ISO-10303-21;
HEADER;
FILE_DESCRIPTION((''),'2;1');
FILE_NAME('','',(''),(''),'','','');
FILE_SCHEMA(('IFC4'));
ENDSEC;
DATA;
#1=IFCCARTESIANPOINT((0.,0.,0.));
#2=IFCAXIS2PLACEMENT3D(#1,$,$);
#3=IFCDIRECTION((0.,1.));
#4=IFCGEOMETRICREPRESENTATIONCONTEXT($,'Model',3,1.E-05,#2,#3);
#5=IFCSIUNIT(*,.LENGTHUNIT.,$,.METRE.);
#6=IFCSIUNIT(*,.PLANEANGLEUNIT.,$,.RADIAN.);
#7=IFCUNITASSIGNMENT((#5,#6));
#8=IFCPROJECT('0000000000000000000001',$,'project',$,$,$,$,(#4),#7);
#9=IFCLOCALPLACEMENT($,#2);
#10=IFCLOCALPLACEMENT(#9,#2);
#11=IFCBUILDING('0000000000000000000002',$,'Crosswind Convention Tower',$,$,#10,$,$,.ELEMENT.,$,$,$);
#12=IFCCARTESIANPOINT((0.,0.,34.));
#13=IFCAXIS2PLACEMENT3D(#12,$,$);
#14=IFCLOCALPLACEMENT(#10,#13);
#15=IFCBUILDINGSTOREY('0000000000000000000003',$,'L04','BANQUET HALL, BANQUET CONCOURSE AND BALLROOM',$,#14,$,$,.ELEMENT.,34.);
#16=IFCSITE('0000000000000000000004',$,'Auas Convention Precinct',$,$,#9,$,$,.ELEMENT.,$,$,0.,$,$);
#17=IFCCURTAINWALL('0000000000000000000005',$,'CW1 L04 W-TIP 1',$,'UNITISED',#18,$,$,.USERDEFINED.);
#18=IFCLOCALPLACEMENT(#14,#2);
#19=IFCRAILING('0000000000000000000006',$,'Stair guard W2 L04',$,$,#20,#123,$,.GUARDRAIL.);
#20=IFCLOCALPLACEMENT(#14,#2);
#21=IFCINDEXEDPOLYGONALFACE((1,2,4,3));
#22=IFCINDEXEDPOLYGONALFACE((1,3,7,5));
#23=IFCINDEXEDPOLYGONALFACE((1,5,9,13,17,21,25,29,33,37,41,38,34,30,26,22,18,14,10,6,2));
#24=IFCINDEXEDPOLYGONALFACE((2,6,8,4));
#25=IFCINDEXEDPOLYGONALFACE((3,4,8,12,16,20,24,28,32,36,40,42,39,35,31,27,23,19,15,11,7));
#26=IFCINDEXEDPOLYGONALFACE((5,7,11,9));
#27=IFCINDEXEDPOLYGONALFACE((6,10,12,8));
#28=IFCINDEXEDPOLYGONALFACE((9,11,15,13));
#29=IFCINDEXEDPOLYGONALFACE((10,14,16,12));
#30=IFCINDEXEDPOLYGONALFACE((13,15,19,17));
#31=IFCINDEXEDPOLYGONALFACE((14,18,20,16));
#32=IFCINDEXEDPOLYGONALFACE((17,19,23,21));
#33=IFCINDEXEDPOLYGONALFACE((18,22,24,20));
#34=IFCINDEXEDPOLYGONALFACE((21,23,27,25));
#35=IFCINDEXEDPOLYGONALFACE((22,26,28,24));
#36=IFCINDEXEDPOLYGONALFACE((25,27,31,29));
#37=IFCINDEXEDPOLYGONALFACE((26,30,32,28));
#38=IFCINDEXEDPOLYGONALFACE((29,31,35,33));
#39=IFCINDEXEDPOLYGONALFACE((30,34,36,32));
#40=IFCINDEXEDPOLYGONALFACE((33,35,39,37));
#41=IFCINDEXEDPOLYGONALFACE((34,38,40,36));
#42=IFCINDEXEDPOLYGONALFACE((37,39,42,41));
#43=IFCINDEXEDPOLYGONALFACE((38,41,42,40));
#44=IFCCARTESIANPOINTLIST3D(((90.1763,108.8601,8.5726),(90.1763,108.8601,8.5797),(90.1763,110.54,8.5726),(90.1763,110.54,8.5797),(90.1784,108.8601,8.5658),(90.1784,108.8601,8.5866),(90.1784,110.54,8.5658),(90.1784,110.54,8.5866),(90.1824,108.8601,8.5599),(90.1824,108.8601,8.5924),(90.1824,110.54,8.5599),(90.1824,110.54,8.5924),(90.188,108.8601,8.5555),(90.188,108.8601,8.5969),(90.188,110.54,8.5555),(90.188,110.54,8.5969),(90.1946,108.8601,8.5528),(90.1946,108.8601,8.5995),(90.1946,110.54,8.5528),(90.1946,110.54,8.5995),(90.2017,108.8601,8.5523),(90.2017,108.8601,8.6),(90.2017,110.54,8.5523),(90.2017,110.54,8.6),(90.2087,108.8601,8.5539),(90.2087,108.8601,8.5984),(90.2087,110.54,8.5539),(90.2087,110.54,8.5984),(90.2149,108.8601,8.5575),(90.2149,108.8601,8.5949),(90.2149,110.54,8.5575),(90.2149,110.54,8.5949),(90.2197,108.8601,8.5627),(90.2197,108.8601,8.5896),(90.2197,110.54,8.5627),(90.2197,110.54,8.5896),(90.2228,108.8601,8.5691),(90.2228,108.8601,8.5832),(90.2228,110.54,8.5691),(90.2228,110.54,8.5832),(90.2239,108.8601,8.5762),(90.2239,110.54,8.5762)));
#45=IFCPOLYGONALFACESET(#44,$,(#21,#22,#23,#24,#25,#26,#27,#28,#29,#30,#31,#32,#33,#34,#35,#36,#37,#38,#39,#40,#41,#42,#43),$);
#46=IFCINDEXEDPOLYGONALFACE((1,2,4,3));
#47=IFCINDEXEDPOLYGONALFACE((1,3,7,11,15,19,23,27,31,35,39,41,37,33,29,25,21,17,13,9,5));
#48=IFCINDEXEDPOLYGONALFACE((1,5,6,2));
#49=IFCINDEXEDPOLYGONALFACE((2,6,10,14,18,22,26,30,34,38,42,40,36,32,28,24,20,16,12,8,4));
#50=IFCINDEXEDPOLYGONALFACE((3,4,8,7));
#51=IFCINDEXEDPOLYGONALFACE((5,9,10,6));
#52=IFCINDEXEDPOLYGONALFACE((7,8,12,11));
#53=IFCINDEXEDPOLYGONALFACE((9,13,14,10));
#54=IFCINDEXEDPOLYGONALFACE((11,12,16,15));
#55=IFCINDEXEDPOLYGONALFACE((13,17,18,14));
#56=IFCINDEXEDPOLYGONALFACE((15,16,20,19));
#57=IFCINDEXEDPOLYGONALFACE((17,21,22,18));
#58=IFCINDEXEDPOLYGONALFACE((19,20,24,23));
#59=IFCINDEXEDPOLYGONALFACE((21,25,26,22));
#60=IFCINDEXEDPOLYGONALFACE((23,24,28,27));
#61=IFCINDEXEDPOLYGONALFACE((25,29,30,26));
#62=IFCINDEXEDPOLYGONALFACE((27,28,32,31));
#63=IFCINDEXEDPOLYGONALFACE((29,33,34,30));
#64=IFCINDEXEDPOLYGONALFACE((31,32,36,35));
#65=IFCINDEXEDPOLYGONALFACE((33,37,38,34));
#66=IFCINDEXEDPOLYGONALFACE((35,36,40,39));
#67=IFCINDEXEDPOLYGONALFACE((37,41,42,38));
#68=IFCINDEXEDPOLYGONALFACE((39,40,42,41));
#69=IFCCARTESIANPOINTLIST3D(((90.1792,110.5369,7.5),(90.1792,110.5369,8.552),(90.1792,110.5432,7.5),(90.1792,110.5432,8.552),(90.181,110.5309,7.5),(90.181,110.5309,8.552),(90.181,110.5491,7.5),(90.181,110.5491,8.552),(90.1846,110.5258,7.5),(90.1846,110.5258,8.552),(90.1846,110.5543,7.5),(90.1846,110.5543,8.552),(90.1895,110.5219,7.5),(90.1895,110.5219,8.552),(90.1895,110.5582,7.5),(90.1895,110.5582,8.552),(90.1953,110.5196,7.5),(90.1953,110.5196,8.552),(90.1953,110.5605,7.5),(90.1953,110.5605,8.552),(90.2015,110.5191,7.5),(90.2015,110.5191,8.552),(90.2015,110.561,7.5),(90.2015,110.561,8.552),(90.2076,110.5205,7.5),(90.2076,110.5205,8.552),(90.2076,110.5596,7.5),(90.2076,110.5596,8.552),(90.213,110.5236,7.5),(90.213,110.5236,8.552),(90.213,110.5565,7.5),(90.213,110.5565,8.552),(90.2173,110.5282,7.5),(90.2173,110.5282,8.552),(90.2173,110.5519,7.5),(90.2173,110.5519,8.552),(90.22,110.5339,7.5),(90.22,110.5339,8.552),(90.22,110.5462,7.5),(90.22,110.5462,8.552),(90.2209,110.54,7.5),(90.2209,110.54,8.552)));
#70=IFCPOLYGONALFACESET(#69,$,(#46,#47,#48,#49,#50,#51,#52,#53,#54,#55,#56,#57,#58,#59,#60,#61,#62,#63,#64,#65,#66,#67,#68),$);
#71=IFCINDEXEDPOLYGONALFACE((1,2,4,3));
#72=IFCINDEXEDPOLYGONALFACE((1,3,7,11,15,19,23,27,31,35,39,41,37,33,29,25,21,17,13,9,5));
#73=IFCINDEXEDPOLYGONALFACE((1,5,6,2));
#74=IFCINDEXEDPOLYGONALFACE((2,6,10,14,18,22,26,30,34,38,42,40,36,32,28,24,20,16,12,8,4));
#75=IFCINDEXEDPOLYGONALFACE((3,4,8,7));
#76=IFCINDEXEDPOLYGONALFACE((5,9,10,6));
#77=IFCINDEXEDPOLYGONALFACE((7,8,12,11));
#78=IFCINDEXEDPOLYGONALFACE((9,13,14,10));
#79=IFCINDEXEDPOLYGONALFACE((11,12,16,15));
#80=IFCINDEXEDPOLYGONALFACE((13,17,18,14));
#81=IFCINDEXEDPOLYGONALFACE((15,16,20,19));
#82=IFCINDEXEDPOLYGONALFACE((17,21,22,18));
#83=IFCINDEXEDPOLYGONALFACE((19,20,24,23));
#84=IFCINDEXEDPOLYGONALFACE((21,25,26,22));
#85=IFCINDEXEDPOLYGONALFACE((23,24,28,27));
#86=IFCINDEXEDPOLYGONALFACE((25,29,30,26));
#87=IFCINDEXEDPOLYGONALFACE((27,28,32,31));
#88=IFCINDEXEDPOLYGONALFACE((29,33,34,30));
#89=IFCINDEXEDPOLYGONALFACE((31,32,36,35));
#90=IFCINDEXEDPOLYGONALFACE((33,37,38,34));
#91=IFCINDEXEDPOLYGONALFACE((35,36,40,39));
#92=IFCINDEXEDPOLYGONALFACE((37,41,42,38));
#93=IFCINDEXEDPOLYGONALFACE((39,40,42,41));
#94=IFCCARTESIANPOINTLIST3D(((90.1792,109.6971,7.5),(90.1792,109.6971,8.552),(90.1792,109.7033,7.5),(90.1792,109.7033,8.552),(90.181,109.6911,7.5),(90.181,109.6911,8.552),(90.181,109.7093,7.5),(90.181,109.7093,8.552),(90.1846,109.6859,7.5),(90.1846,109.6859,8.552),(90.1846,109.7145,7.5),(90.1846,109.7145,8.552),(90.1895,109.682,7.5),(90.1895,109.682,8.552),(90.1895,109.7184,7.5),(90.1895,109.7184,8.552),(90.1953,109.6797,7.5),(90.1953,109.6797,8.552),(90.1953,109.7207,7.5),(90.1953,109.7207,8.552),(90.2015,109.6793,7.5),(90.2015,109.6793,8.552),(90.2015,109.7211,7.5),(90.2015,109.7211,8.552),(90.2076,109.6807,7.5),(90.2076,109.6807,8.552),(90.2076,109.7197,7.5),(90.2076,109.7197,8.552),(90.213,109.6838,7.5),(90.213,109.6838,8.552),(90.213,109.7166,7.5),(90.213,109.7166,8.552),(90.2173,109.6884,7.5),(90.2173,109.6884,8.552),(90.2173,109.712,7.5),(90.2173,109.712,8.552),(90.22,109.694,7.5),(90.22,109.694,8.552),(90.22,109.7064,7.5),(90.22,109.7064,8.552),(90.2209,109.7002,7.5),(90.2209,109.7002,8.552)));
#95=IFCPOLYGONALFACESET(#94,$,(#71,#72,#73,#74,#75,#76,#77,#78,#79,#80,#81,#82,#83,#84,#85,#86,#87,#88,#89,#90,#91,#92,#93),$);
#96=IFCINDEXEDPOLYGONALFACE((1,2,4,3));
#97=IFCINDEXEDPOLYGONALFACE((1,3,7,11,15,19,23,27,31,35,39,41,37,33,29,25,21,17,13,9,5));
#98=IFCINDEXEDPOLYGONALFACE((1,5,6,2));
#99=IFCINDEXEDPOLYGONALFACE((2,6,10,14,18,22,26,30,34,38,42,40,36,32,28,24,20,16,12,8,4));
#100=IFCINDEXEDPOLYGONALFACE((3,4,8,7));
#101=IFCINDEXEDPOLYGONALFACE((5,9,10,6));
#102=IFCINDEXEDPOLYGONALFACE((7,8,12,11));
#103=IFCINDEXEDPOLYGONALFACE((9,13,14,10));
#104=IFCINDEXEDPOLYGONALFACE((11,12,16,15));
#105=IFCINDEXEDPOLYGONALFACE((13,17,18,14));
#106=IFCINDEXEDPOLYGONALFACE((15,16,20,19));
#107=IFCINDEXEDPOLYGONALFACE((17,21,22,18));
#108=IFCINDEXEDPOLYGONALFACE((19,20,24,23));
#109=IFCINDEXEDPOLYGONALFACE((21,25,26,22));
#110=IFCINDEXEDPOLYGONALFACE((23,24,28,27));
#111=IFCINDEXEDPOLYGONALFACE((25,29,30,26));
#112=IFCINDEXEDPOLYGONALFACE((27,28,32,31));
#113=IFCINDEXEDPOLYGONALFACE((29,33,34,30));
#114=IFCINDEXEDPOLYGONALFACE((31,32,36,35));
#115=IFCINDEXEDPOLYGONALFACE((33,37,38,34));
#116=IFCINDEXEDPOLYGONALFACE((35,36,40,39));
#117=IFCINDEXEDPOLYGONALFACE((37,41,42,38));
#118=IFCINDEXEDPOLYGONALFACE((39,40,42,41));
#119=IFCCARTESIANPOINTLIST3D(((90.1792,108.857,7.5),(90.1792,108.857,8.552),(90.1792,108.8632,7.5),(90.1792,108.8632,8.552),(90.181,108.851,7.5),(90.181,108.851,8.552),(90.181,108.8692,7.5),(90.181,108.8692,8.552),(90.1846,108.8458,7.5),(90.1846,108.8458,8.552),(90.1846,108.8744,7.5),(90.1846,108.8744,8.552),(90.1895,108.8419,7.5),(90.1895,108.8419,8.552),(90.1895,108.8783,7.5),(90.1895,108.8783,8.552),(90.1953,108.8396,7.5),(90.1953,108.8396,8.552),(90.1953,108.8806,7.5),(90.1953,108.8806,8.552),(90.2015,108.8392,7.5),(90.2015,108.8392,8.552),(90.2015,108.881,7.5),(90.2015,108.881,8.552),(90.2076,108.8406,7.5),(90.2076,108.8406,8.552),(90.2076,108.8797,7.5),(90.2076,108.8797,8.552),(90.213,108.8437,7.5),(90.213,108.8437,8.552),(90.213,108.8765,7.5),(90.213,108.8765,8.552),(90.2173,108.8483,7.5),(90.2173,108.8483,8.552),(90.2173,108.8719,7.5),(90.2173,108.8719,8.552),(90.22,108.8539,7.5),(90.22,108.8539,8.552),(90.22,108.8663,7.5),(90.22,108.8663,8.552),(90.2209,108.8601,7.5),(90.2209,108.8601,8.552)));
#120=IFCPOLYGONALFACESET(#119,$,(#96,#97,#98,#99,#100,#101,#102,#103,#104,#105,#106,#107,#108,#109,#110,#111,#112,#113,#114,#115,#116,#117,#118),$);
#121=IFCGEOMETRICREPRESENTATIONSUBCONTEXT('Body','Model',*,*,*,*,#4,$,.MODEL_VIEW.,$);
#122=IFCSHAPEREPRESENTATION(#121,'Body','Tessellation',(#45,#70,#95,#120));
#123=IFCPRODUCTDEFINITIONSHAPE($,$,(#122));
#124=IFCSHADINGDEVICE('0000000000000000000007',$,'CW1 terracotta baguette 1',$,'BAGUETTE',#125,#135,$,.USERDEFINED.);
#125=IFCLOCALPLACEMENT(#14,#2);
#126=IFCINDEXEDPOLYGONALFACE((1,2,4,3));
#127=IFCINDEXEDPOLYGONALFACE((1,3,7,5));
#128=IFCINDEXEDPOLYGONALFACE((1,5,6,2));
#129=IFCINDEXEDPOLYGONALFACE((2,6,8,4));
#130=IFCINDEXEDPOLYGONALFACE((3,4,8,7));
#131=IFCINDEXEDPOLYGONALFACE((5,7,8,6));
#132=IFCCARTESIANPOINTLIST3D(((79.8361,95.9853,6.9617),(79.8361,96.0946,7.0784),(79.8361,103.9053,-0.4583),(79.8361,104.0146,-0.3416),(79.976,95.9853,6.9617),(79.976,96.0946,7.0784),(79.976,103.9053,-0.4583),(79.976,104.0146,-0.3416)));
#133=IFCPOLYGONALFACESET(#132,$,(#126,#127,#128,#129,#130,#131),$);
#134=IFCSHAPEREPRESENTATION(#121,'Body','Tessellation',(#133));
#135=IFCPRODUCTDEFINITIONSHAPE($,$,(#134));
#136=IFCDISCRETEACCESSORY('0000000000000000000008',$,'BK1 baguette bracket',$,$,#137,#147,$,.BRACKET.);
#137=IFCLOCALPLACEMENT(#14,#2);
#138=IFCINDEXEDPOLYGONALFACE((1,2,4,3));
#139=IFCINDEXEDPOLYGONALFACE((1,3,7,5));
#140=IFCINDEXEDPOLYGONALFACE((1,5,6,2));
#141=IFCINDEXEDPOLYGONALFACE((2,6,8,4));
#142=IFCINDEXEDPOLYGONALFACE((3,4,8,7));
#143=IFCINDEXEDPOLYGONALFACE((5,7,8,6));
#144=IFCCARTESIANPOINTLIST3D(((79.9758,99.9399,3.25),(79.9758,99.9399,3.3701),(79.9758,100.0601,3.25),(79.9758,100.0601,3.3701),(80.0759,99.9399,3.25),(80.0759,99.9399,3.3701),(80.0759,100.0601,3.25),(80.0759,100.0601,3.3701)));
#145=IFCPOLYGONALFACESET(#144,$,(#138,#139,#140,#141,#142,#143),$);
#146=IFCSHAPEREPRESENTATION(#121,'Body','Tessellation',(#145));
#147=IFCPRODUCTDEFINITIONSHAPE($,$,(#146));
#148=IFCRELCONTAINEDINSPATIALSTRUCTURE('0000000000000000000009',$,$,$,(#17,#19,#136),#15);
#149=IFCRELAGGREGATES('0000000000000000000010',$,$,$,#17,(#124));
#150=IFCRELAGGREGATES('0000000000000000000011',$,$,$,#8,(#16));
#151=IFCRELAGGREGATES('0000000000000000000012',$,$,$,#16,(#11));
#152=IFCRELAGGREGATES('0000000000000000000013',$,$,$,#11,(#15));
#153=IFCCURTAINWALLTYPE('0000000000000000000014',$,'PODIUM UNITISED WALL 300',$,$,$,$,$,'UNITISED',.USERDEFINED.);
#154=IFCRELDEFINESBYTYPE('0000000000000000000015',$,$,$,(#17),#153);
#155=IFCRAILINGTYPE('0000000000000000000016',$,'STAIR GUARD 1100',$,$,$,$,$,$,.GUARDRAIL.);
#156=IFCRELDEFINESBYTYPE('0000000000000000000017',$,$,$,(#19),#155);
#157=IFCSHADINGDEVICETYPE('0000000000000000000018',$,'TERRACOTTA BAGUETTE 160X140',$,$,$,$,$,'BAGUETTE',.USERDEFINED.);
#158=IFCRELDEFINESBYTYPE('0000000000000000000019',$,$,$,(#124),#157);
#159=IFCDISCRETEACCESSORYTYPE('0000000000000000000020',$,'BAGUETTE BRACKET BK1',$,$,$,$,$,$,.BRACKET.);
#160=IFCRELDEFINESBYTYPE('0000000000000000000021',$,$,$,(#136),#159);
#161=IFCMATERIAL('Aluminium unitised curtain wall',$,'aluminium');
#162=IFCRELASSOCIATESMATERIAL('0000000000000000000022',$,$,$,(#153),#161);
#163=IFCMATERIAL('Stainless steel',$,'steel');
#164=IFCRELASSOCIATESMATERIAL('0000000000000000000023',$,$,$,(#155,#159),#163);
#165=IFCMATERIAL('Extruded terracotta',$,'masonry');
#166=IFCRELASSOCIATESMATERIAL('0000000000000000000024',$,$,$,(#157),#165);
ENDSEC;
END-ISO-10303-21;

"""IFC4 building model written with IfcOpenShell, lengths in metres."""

from ifc_helpers import new_model, si_unit, direction, frame, origin, origin_2d, place, context, subcontext, project, spatial, rectangle, circle, extrude, material, material_profile, profile_set, type_object, element, aggregate, save


model = new_model("IFC4")

# Units and contexts
model_context = context("Model", 3, precision=1e-05, world=origin(), true_north=direction((0.0, 1.0)))
body_context = subcontext(model_context, "Body", "Model", "MODEL_VIEW")
ifc_project = project(units=[si_unit("LENGTHUNIT", "METRE"), si_unit("PLANEANGLEUNIT", "RADIAN")], contexts=[model_context])

# Site, building, storey
site_placement = place(None, origin())
site = spatial("IfcSite", under=ifc_project, at=site_placement, Name="Auas Convention Precinct", CompositionType="ELEMENT", RefElevation=0.0)
building_placement = place(site_placement, origin())
building = spatial("IfcBuilding", under=site, at=building_placement, Name="Crosswind Convention Tower", CompositionType="ELEMENT")
storey_placement = place(building_placement, frame((0.0, 0.0, 34.0)))
storey = spatial("IfcBuildingStorey", under=building, at=storey_placement, Name="L04", Description="BANQUET HALL, BANQUET CONCOURSE AND BALLROOM", CompositionType="ELEMENT", Elevation=34.0)

# Curtain wall
ifc_material_1 = material(Name="Aluminium unitised curtain wall", Category="aluminium")
curtain_wall_type = type_object("IfcCurtainWallType", Name="PODIUM UNITISED WALL 300", ElementType="UNITISED", PredefinedType="USERDEFINED", material=ifc_material_1)
curtain_wall_placement = place(storey_placement, origin())
curtain_wall = element("IfcCurtainWall", 1, at=curtain_wall_placement, inside=storey, type_object=curtain_wall_type, Name="CW1 L04 W-TIP 1", ObjectType="UNITISED", PredefinedType="USERDEFINED")

# Railing
ifc_material_2 = material(Name="Stainless steel", Category="steel")
railing_type_1 = type_object("IfcRailingType", Name="STAIR GUARD 1100", PredefinedType="GUARDRAIL", material=ifc_material_2)
railing_placement = place(storey_placement, frame((90.2, 110.54, 7.5)))
element("IfcRailing", 2, at=railing_placement, inside=storey, type_object=railing_type_1, Name="Stair guard W2 L04", PredefinedType="GUARDRAIL", context=body_context, shape_type="SweptSolid", body=[
    extrude(circle(Radius=0.0239, at=origin_2d()), frame((0.0, 0.0, 1.0762), z_axis=(0.0, -1.0, 0.0), x_axis=(1.0, 0.0, 0.0)), (0.0, 0.0, 1.0), 1.6799),
    extrude(circle(Radius=0.021, at=origin_2d()), origin(), (0.0, 0.0, 1.0), 1.052),
    extrude(circle(Radius=0.021, at=origin_2d()), frame((0.0, -0.8398, 0.0)), (0.0, 0.0, 1.0), 1.052),
    extrude(circle(Radius=0.021, at=origin_2d()), frame((0.0, -1.6799, 0.0)), (0.0, 0.0, 1.0), 1.052),
])

# Shading device
ifc_material_3 = material(Name="Extruded terracotta", Category="masonry")
ifc_material_profile_1 = material_profile(ifc_material_3, rectangle(XDim=0.1399, YDim=0.1599, at=origin_2d()), Name="TC 140X160")
ifc_profile_set_1 = profile_set([ifc_material_profile_1], Name="Extruded terracotta")
shading_device_type = type_object("IfcShadingDeviceType", Name="TERRACOTTA BAGUETTE 160X140", ElementType="BAGUETTE", PredefinedType="USERDEFINED", material=ifc_profile_set_1)
shading_device_placement = place(storey_placement, frame((79.906, 103.96, -0.3999), z_axis=(0.0, -0.729767, 0.683696), x_axis=(1.0, 0.0, 0.0)))
shading_device = element("IfcShadingDevice", 3, at=shading_device_placement, type_object=shading_device_type, Name="CW1 terracotta baguette 1", ObjectType="BAGUETTE", PredefinedType="USERDEFINED", context=body_context, shape_type="SweptSolid", body=[
    extrude(rectangle(XDim=0.1399, YDim=0.1599, at=origin_2d()), origin(), (0.0, 0.0, 1.0), 10.8528),
])
aggregate(curtain_wall, [shading_device])

# Discrete accessory
discrete_accessory_type = type_object("IfcDiscreteAccessoryType", Name="BAGUETTE BRACKET BK1", PredefinedType="BRACKET", material=ifc_material_2)
discrete_accessory_placement = place(storey_placement, frame((80.0259, 100.0, 3.25), z_axis=(0.0, 0.0, 1.0), x_axis=(0.0, -1.0, 0.0)))
element("IfcDiscreteAccessory", 4, at=discrete_accessory_placement, inside=storey, type_object=discrete_accessory_type, Name="BK1 baguette bracket", PredefinedType="BRACKET", context=body_context, shape_type="SweptSolid", body=[
    extrude(rectangle(XDim=0.1201, YDim=0.1001, at=origin_2d()), origin(), (0.0, 0.0, 1.0), 0.1201),
])

save(model, "model.ifc")
